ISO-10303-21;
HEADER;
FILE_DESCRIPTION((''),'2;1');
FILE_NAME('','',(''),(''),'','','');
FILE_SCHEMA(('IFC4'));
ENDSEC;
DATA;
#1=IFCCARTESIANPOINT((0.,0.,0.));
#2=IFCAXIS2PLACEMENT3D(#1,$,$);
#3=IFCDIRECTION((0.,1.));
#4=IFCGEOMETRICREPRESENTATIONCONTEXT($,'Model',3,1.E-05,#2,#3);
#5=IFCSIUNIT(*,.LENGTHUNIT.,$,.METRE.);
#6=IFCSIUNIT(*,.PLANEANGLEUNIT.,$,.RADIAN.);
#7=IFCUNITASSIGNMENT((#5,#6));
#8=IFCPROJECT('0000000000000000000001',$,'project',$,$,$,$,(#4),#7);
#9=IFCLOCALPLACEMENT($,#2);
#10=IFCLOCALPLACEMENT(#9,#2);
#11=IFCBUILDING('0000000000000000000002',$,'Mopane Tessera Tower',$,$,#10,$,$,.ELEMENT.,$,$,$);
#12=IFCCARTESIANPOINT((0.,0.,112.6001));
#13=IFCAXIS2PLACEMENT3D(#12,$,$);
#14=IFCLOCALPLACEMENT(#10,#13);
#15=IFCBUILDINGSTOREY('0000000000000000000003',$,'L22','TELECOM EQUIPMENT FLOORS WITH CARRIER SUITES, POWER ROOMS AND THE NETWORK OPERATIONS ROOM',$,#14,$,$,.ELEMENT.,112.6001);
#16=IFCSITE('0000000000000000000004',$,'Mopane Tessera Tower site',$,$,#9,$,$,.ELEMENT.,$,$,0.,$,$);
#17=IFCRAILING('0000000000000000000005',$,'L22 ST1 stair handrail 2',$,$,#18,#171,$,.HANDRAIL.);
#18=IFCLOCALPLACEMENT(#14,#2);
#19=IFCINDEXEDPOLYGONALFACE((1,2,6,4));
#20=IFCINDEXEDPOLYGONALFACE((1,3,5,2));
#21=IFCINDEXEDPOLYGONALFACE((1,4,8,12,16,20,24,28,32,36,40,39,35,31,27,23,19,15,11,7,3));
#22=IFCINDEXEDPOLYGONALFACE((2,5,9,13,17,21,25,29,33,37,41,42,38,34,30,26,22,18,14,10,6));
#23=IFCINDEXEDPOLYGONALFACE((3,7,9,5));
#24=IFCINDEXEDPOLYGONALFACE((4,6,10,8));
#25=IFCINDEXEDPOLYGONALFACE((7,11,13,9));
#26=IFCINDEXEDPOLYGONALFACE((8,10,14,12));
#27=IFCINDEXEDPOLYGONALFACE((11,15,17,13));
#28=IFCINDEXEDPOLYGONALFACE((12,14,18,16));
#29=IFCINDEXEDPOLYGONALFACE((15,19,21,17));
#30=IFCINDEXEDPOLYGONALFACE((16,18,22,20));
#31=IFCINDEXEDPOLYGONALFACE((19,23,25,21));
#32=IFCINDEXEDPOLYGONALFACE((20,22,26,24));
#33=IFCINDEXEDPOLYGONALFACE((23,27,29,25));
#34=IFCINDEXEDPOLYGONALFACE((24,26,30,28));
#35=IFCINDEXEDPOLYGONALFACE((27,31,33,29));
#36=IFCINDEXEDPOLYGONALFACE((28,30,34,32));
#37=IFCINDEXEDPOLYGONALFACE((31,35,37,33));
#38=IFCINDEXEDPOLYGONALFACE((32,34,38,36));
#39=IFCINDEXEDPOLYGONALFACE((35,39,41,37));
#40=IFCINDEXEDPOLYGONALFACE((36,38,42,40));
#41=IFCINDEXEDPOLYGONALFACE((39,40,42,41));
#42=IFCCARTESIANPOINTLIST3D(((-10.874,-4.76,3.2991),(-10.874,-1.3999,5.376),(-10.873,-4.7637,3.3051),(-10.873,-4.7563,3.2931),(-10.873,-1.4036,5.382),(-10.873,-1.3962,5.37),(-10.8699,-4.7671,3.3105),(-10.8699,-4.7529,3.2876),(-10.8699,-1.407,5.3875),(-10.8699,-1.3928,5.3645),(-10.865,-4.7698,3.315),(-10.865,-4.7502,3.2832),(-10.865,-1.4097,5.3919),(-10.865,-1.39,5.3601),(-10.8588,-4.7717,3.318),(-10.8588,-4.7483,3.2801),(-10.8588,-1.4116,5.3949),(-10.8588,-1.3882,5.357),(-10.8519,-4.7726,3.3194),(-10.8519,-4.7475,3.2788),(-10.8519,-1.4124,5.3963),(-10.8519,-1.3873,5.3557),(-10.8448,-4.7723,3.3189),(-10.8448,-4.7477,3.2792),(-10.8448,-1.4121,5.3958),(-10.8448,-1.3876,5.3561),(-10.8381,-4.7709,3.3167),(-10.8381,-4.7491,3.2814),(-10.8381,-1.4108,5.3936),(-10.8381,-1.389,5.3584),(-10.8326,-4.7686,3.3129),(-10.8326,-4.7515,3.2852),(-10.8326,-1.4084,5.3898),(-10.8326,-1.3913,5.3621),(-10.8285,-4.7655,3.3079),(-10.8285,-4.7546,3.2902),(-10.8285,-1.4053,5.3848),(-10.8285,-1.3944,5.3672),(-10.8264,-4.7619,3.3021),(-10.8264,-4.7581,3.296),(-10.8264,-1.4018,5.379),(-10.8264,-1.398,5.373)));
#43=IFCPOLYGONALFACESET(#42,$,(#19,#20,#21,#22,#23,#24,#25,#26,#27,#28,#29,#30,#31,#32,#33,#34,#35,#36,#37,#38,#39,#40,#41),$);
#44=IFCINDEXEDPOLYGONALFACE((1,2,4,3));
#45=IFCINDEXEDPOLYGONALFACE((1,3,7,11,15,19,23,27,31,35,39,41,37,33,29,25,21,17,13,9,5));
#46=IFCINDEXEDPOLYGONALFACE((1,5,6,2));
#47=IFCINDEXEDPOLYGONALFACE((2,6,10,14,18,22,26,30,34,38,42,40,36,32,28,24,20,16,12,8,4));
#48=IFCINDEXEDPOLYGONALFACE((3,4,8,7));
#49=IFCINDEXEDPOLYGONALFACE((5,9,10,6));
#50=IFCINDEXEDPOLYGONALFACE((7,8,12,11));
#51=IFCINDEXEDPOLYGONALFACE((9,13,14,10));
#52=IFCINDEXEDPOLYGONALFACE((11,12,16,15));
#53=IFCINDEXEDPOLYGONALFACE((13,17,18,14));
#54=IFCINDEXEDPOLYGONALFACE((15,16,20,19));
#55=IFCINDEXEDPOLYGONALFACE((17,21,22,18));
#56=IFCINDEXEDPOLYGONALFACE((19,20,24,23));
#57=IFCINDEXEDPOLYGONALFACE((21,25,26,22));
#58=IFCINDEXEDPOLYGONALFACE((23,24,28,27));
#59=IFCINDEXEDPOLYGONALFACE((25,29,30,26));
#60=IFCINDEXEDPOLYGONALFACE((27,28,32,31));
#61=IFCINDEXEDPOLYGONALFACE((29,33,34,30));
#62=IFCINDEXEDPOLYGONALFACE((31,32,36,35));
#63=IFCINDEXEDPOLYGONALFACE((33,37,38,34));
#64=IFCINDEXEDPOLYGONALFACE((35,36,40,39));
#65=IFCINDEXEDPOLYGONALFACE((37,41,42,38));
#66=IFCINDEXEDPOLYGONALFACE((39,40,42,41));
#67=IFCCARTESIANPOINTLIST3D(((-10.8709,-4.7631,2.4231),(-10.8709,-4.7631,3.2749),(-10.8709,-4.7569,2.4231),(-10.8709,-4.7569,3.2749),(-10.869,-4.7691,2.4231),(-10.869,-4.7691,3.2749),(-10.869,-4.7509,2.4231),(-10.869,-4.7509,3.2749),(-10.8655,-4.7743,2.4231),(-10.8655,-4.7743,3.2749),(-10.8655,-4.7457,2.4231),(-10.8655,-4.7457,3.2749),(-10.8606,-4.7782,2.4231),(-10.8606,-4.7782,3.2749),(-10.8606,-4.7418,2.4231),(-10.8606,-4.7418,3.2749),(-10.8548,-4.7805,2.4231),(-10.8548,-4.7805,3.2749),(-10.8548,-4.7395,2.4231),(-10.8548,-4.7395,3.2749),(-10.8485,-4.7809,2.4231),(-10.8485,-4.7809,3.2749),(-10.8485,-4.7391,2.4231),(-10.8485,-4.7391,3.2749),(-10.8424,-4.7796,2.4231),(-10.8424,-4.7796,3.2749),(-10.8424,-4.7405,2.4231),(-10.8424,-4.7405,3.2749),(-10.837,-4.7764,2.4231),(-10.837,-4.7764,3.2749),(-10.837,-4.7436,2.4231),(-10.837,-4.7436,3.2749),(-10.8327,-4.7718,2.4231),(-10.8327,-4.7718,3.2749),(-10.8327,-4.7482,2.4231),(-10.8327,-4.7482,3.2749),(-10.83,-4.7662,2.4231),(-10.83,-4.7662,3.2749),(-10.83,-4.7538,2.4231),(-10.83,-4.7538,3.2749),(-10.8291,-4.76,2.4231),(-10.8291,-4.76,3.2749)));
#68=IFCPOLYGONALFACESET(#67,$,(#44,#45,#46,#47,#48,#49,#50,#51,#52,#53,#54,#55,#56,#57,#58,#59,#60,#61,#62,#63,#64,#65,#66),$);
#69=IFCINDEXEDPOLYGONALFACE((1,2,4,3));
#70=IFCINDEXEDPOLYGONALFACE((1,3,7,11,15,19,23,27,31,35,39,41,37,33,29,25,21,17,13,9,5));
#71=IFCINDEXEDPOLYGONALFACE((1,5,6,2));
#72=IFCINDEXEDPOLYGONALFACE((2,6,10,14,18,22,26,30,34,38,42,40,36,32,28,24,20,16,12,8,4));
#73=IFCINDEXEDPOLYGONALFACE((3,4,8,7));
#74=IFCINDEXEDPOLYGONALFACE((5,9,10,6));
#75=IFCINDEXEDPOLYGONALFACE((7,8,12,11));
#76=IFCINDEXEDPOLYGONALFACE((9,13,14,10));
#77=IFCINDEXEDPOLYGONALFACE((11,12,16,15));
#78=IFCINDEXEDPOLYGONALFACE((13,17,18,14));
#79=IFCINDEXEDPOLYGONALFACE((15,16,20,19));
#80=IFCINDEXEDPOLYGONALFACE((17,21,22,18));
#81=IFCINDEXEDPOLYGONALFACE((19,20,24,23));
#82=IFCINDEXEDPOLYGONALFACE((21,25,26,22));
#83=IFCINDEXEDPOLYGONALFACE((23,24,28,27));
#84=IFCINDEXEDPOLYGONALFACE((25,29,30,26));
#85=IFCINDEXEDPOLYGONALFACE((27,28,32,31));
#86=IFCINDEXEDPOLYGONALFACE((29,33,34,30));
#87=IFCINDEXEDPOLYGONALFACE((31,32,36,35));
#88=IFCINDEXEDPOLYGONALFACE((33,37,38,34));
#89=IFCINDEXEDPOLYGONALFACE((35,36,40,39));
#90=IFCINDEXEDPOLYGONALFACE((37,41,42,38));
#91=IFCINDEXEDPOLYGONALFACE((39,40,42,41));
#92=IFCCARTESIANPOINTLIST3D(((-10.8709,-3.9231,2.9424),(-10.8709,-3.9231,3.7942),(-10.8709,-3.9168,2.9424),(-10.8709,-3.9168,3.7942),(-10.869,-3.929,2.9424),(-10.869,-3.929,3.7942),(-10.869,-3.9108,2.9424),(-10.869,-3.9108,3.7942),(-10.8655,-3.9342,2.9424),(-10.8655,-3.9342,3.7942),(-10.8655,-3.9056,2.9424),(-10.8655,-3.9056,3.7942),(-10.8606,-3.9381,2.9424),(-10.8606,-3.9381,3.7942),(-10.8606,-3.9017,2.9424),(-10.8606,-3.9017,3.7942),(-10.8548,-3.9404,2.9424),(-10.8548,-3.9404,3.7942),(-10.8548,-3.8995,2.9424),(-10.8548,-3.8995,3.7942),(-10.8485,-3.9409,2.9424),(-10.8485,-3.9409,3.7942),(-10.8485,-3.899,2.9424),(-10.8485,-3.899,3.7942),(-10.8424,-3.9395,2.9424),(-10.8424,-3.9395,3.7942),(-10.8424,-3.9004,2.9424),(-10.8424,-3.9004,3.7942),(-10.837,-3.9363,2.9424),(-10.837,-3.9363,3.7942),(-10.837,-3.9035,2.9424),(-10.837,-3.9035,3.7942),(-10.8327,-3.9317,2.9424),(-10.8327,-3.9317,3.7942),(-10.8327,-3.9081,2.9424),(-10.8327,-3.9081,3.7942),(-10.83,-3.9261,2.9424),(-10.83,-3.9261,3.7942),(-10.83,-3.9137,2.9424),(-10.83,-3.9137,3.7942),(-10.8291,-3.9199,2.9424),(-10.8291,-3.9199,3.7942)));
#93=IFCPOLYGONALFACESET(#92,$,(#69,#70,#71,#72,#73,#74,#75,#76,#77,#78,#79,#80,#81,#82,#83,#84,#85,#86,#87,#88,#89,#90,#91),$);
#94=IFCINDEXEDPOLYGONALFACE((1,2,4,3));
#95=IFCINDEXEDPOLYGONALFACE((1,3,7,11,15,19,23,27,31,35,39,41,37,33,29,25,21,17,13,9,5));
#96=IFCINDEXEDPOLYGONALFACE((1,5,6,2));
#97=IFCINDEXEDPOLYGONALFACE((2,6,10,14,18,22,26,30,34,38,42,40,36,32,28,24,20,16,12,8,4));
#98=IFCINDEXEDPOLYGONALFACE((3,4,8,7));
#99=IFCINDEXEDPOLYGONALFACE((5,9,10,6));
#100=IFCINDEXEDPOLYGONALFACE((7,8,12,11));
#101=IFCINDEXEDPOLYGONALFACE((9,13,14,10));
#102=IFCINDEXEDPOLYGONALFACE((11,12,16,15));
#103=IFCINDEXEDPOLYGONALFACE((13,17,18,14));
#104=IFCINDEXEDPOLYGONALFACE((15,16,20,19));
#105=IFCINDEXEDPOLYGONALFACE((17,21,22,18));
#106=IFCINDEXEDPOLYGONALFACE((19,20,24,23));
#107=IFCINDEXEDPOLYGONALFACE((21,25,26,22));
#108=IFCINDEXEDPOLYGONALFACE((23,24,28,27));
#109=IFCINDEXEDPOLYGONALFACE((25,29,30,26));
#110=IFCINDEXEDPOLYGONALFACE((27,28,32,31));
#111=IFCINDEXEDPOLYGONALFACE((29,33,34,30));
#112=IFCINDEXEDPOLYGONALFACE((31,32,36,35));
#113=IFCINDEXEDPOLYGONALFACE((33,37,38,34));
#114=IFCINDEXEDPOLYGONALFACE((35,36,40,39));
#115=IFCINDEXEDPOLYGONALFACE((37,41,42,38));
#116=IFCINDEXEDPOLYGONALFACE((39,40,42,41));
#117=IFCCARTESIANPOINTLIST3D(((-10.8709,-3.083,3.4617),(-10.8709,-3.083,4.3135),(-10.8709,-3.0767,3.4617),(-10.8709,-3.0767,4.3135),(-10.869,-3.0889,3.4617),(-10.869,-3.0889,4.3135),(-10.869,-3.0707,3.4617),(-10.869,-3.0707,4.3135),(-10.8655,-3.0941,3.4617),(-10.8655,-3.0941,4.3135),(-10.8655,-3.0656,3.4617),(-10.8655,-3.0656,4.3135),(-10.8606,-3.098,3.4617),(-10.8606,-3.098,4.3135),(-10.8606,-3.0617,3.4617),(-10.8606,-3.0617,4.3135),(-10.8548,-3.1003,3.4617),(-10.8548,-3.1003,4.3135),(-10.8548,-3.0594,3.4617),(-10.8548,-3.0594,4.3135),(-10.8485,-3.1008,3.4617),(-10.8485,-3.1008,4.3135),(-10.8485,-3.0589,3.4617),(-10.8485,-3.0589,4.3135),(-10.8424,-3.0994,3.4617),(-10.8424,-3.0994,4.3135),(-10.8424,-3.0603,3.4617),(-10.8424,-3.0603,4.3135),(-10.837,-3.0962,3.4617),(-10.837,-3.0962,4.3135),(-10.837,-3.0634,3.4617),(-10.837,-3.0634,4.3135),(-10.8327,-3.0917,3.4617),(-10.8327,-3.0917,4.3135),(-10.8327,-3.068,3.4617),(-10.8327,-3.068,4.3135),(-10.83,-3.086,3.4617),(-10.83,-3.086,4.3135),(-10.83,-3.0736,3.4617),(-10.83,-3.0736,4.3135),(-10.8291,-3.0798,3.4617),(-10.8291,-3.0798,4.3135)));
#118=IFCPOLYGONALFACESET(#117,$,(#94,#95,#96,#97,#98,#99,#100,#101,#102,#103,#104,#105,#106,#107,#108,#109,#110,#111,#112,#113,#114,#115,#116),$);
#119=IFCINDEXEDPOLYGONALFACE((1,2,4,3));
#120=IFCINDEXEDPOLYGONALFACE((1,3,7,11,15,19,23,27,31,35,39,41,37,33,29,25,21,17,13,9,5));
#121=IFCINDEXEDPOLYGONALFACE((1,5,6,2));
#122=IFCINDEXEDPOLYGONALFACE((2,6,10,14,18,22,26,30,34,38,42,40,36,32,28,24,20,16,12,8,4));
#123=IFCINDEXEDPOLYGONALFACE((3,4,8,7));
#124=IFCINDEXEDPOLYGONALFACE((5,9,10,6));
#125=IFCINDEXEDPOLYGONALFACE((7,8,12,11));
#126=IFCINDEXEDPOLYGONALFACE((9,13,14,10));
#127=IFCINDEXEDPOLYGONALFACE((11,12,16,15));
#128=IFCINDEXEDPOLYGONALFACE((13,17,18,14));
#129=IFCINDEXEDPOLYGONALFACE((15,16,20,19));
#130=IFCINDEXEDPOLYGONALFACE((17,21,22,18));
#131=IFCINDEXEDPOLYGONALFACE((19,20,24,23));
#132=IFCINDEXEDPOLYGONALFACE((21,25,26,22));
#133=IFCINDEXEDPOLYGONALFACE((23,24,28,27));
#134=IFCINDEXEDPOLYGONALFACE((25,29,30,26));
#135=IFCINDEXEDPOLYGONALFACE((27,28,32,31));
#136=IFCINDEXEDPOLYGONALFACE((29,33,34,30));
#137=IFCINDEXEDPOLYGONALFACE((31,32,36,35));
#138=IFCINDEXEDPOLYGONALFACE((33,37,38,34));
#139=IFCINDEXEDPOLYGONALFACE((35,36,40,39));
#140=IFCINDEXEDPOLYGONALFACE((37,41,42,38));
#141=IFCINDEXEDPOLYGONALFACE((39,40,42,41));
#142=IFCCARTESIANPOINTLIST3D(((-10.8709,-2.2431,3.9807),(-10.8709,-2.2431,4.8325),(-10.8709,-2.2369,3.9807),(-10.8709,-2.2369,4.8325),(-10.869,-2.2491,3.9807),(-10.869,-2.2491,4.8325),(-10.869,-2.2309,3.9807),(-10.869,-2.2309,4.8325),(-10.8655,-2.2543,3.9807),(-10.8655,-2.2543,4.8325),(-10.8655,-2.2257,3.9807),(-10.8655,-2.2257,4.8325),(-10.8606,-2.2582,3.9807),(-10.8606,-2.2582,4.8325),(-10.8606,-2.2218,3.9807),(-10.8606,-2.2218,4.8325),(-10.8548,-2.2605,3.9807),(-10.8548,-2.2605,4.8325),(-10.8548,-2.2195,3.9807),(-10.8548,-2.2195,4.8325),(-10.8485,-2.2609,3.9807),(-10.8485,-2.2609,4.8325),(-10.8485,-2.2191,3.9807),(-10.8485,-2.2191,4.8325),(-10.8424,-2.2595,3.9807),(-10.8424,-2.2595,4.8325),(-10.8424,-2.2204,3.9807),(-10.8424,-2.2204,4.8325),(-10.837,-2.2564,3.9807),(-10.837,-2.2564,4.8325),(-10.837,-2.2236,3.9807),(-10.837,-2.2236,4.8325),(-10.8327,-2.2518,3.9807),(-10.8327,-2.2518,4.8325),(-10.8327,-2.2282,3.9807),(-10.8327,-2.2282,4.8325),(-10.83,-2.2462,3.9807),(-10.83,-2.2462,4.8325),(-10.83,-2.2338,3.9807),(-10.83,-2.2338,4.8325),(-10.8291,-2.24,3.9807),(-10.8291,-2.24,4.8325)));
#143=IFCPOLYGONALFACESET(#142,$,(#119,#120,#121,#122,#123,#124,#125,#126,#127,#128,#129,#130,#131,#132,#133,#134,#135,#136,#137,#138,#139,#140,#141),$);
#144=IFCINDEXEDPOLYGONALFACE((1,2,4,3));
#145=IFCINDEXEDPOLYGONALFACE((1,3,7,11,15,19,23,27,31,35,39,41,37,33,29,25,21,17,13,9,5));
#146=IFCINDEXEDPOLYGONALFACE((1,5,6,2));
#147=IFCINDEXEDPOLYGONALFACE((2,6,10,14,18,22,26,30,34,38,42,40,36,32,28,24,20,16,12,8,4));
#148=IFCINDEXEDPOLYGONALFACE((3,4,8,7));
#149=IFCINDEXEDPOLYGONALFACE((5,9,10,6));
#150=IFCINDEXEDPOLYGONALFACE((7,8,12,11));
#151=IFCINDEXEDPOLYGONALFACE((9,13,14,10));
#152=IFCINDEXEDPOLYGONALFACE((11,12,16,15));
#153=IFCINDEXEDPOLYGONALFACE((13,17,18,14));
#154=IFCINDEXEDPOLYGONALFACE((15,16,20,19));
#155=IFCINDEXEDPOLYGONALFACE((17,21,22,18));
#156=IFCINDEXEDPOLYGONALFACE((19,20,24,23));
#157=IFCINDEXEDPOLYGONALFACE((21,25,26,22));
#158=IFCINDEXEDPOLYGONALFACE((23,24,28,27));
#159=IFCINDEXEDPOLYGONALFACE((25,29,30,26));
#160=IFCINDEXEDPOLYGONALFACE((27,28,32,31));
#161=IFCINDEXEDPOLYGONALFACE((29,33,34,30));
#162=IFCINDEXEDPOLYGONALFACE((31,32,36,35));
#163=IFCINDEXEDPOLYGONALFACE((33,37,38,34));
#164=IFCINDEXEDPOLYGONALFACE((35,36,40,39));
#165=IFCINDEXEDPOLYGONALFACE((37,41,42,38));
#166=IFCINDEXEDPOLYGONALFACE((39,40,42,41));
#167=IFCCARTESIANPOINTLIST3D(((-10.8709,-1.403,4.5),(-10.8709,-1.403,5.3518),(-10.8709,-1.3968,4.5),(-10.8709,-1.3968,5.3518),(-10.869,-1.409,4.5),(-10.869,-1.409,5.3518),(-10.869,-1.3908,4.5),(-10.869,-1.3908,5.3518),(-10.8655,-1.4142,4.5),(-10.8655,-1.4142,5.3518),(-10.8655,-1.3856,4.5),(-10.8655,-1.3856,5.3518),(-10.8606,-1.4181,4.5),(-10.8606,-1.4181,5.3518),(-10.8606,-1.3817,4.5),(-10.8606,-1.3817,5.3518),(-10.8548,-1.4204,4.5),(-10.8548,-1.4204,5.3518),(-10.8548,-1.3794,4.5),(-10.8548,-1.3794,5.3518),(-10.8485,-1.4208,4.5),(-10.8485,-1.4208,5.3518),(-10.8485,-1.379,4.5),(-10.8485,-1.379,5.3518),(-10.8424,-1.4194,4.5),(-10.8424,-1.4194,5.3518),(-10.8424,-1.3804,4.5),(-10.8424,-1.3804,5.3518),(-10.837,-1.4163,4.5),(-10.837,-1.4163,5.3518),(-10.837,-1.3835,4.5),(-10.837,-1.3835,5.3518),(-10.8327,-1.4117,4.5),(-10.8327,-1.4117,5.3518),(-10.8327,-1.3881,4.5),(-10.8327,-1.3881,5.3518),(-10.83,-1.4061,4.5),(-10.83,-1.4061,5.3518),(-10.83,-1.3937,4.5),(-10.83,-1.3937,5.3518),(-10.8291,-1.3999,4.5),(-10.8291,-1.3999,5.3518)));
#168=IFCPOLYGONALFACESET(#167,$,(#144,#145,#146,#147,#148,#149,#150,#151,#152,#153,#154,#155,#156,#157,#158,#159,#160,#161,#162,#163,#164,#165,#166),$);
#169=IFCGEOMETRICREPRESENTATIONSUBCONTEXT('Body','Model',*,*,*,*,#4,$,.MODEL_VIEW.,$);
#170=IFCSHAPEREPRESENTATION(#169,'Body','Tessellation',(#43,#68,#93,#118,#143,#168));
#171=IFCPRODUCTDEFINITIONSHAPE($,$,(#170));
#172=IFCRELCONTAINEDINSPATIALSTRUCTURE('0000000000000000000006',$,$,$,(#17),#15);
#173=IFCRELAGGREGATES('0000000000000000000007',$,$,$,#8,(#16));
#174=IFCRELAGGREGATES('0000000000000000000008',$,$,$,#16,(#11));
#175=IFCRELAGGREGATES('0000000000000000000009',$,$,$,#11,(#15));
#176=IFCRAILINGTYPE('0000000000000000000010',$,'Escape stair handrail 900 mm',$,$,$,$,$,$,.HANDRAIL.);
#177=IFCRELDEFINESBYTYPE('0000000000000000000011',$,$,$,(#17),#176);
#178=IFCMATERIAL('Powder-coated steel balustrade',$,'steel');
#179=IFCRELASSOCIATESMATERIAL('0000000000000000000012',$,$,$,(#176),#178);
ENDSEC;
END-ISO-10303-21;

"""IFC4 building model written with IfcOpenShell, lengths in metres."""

from ifc_helpers import new_model, si_unit, direction, frame, origin, origin_2d, place, context, subcontext, project, spatial, circle, extrude, material, type_object, element, save


model = new_model("IFC4")

# Units and contexts
model_context = context("Model", 3, precision=1e-05, world=origin(), true_north=direction((0.0, 1.0)))
body_context = subcontext(model_context, "Body", "Model", "MODEL_VIEW")
ifc_project = project(units=[si_unit("LENGTHUNIT", "METRE"), si_unit("PLANEANGLEUNIT", "RADIAN")], contexts=[model_context])

# Site, building, storey
site_placement = place(None, origin())
site = spatial("IfcSite", under=ifc_project, at=site_placement, Name="Mopane Tessera Tower site", CompositionType="ELEMENT", RefElevation=0.0)
building_placement = place(site_placement, origin())
building = spatial("IfcBuilding", under=site, at=building_placement, Name="Mopane Tessera Tower", CompositionType="ELEMENT")
storey_placement = place(building_placement, frame((0.0, 0.0, 112.6001)))
storey = spatial("IfcBuildingStorey", under=building, at=storey_placement, Name="L22", Description="TELECOM EQUIPMENT FLOORS WITH CARRIER SUITES, POWER ROOMS AND THE NETWORK OPERATIONS ROOM", CompositionType="ELEMENT", Elevation=112.6001)

# Railing
ifc_material_1 = material(Name="Powder-coated steel balustrade", Category="steel")
railing_type_1 = type_object("IfcRailingType", Name="Escape stair handrail 900 mm", PredefinedType="HANDRAIL", material=ifc_material_1)
railing_1_placement = place(storey_placement, frame((-10.8501, -4.76, 2.4231)))
element("IfcRailing", 1, at=railing_1_placement, inside=storey, type_object=railing_type_1, Name="L22 ST1 stair handrail 2", PredefinedType="HANDRAIL", context=body_context, shape_type="SweptSolid", body=[
    extrude(circle(Radius=0.0239, at=origin_2d()), frame((0.0, 0.0, 0.876), z_axis=(0.0, 0.850623, 0.525776), x_axis=(-1.0, 0.0, 0.0)), (0.0, 0.0, 1.0), 3.9502),
    extrude(circle(Radius=0.021, at=origin_2d()), origin(), (0.0, 0.0, 1.0), 0.8518),
    extrude(circle(Radius=0.021, at=origin_2d()), frame((0.0, 0.8401, 0.5193)), (0.0, 0.0, 1.0), 0.8518),
    extrude(circle(Radius=0.021, at=origin_2d()), frame((0.0, 1.6802, 1.0386)), (0.0, 0.0, 1.0), 0.8518),
    extrude(circle(Radius=0.021, at=origin_2d()), frame((0.0, 2.52, 1.5576)), (0.0, 0.0, 1.0), 0.8518),
    extrude(circle(Radius=0.021, at=origin_2d()), frame((0.0, 3.3601, 2.0769)), (0.0, 0.0, 1.0), 0.8518),
])

save(model, "model.ifc")
